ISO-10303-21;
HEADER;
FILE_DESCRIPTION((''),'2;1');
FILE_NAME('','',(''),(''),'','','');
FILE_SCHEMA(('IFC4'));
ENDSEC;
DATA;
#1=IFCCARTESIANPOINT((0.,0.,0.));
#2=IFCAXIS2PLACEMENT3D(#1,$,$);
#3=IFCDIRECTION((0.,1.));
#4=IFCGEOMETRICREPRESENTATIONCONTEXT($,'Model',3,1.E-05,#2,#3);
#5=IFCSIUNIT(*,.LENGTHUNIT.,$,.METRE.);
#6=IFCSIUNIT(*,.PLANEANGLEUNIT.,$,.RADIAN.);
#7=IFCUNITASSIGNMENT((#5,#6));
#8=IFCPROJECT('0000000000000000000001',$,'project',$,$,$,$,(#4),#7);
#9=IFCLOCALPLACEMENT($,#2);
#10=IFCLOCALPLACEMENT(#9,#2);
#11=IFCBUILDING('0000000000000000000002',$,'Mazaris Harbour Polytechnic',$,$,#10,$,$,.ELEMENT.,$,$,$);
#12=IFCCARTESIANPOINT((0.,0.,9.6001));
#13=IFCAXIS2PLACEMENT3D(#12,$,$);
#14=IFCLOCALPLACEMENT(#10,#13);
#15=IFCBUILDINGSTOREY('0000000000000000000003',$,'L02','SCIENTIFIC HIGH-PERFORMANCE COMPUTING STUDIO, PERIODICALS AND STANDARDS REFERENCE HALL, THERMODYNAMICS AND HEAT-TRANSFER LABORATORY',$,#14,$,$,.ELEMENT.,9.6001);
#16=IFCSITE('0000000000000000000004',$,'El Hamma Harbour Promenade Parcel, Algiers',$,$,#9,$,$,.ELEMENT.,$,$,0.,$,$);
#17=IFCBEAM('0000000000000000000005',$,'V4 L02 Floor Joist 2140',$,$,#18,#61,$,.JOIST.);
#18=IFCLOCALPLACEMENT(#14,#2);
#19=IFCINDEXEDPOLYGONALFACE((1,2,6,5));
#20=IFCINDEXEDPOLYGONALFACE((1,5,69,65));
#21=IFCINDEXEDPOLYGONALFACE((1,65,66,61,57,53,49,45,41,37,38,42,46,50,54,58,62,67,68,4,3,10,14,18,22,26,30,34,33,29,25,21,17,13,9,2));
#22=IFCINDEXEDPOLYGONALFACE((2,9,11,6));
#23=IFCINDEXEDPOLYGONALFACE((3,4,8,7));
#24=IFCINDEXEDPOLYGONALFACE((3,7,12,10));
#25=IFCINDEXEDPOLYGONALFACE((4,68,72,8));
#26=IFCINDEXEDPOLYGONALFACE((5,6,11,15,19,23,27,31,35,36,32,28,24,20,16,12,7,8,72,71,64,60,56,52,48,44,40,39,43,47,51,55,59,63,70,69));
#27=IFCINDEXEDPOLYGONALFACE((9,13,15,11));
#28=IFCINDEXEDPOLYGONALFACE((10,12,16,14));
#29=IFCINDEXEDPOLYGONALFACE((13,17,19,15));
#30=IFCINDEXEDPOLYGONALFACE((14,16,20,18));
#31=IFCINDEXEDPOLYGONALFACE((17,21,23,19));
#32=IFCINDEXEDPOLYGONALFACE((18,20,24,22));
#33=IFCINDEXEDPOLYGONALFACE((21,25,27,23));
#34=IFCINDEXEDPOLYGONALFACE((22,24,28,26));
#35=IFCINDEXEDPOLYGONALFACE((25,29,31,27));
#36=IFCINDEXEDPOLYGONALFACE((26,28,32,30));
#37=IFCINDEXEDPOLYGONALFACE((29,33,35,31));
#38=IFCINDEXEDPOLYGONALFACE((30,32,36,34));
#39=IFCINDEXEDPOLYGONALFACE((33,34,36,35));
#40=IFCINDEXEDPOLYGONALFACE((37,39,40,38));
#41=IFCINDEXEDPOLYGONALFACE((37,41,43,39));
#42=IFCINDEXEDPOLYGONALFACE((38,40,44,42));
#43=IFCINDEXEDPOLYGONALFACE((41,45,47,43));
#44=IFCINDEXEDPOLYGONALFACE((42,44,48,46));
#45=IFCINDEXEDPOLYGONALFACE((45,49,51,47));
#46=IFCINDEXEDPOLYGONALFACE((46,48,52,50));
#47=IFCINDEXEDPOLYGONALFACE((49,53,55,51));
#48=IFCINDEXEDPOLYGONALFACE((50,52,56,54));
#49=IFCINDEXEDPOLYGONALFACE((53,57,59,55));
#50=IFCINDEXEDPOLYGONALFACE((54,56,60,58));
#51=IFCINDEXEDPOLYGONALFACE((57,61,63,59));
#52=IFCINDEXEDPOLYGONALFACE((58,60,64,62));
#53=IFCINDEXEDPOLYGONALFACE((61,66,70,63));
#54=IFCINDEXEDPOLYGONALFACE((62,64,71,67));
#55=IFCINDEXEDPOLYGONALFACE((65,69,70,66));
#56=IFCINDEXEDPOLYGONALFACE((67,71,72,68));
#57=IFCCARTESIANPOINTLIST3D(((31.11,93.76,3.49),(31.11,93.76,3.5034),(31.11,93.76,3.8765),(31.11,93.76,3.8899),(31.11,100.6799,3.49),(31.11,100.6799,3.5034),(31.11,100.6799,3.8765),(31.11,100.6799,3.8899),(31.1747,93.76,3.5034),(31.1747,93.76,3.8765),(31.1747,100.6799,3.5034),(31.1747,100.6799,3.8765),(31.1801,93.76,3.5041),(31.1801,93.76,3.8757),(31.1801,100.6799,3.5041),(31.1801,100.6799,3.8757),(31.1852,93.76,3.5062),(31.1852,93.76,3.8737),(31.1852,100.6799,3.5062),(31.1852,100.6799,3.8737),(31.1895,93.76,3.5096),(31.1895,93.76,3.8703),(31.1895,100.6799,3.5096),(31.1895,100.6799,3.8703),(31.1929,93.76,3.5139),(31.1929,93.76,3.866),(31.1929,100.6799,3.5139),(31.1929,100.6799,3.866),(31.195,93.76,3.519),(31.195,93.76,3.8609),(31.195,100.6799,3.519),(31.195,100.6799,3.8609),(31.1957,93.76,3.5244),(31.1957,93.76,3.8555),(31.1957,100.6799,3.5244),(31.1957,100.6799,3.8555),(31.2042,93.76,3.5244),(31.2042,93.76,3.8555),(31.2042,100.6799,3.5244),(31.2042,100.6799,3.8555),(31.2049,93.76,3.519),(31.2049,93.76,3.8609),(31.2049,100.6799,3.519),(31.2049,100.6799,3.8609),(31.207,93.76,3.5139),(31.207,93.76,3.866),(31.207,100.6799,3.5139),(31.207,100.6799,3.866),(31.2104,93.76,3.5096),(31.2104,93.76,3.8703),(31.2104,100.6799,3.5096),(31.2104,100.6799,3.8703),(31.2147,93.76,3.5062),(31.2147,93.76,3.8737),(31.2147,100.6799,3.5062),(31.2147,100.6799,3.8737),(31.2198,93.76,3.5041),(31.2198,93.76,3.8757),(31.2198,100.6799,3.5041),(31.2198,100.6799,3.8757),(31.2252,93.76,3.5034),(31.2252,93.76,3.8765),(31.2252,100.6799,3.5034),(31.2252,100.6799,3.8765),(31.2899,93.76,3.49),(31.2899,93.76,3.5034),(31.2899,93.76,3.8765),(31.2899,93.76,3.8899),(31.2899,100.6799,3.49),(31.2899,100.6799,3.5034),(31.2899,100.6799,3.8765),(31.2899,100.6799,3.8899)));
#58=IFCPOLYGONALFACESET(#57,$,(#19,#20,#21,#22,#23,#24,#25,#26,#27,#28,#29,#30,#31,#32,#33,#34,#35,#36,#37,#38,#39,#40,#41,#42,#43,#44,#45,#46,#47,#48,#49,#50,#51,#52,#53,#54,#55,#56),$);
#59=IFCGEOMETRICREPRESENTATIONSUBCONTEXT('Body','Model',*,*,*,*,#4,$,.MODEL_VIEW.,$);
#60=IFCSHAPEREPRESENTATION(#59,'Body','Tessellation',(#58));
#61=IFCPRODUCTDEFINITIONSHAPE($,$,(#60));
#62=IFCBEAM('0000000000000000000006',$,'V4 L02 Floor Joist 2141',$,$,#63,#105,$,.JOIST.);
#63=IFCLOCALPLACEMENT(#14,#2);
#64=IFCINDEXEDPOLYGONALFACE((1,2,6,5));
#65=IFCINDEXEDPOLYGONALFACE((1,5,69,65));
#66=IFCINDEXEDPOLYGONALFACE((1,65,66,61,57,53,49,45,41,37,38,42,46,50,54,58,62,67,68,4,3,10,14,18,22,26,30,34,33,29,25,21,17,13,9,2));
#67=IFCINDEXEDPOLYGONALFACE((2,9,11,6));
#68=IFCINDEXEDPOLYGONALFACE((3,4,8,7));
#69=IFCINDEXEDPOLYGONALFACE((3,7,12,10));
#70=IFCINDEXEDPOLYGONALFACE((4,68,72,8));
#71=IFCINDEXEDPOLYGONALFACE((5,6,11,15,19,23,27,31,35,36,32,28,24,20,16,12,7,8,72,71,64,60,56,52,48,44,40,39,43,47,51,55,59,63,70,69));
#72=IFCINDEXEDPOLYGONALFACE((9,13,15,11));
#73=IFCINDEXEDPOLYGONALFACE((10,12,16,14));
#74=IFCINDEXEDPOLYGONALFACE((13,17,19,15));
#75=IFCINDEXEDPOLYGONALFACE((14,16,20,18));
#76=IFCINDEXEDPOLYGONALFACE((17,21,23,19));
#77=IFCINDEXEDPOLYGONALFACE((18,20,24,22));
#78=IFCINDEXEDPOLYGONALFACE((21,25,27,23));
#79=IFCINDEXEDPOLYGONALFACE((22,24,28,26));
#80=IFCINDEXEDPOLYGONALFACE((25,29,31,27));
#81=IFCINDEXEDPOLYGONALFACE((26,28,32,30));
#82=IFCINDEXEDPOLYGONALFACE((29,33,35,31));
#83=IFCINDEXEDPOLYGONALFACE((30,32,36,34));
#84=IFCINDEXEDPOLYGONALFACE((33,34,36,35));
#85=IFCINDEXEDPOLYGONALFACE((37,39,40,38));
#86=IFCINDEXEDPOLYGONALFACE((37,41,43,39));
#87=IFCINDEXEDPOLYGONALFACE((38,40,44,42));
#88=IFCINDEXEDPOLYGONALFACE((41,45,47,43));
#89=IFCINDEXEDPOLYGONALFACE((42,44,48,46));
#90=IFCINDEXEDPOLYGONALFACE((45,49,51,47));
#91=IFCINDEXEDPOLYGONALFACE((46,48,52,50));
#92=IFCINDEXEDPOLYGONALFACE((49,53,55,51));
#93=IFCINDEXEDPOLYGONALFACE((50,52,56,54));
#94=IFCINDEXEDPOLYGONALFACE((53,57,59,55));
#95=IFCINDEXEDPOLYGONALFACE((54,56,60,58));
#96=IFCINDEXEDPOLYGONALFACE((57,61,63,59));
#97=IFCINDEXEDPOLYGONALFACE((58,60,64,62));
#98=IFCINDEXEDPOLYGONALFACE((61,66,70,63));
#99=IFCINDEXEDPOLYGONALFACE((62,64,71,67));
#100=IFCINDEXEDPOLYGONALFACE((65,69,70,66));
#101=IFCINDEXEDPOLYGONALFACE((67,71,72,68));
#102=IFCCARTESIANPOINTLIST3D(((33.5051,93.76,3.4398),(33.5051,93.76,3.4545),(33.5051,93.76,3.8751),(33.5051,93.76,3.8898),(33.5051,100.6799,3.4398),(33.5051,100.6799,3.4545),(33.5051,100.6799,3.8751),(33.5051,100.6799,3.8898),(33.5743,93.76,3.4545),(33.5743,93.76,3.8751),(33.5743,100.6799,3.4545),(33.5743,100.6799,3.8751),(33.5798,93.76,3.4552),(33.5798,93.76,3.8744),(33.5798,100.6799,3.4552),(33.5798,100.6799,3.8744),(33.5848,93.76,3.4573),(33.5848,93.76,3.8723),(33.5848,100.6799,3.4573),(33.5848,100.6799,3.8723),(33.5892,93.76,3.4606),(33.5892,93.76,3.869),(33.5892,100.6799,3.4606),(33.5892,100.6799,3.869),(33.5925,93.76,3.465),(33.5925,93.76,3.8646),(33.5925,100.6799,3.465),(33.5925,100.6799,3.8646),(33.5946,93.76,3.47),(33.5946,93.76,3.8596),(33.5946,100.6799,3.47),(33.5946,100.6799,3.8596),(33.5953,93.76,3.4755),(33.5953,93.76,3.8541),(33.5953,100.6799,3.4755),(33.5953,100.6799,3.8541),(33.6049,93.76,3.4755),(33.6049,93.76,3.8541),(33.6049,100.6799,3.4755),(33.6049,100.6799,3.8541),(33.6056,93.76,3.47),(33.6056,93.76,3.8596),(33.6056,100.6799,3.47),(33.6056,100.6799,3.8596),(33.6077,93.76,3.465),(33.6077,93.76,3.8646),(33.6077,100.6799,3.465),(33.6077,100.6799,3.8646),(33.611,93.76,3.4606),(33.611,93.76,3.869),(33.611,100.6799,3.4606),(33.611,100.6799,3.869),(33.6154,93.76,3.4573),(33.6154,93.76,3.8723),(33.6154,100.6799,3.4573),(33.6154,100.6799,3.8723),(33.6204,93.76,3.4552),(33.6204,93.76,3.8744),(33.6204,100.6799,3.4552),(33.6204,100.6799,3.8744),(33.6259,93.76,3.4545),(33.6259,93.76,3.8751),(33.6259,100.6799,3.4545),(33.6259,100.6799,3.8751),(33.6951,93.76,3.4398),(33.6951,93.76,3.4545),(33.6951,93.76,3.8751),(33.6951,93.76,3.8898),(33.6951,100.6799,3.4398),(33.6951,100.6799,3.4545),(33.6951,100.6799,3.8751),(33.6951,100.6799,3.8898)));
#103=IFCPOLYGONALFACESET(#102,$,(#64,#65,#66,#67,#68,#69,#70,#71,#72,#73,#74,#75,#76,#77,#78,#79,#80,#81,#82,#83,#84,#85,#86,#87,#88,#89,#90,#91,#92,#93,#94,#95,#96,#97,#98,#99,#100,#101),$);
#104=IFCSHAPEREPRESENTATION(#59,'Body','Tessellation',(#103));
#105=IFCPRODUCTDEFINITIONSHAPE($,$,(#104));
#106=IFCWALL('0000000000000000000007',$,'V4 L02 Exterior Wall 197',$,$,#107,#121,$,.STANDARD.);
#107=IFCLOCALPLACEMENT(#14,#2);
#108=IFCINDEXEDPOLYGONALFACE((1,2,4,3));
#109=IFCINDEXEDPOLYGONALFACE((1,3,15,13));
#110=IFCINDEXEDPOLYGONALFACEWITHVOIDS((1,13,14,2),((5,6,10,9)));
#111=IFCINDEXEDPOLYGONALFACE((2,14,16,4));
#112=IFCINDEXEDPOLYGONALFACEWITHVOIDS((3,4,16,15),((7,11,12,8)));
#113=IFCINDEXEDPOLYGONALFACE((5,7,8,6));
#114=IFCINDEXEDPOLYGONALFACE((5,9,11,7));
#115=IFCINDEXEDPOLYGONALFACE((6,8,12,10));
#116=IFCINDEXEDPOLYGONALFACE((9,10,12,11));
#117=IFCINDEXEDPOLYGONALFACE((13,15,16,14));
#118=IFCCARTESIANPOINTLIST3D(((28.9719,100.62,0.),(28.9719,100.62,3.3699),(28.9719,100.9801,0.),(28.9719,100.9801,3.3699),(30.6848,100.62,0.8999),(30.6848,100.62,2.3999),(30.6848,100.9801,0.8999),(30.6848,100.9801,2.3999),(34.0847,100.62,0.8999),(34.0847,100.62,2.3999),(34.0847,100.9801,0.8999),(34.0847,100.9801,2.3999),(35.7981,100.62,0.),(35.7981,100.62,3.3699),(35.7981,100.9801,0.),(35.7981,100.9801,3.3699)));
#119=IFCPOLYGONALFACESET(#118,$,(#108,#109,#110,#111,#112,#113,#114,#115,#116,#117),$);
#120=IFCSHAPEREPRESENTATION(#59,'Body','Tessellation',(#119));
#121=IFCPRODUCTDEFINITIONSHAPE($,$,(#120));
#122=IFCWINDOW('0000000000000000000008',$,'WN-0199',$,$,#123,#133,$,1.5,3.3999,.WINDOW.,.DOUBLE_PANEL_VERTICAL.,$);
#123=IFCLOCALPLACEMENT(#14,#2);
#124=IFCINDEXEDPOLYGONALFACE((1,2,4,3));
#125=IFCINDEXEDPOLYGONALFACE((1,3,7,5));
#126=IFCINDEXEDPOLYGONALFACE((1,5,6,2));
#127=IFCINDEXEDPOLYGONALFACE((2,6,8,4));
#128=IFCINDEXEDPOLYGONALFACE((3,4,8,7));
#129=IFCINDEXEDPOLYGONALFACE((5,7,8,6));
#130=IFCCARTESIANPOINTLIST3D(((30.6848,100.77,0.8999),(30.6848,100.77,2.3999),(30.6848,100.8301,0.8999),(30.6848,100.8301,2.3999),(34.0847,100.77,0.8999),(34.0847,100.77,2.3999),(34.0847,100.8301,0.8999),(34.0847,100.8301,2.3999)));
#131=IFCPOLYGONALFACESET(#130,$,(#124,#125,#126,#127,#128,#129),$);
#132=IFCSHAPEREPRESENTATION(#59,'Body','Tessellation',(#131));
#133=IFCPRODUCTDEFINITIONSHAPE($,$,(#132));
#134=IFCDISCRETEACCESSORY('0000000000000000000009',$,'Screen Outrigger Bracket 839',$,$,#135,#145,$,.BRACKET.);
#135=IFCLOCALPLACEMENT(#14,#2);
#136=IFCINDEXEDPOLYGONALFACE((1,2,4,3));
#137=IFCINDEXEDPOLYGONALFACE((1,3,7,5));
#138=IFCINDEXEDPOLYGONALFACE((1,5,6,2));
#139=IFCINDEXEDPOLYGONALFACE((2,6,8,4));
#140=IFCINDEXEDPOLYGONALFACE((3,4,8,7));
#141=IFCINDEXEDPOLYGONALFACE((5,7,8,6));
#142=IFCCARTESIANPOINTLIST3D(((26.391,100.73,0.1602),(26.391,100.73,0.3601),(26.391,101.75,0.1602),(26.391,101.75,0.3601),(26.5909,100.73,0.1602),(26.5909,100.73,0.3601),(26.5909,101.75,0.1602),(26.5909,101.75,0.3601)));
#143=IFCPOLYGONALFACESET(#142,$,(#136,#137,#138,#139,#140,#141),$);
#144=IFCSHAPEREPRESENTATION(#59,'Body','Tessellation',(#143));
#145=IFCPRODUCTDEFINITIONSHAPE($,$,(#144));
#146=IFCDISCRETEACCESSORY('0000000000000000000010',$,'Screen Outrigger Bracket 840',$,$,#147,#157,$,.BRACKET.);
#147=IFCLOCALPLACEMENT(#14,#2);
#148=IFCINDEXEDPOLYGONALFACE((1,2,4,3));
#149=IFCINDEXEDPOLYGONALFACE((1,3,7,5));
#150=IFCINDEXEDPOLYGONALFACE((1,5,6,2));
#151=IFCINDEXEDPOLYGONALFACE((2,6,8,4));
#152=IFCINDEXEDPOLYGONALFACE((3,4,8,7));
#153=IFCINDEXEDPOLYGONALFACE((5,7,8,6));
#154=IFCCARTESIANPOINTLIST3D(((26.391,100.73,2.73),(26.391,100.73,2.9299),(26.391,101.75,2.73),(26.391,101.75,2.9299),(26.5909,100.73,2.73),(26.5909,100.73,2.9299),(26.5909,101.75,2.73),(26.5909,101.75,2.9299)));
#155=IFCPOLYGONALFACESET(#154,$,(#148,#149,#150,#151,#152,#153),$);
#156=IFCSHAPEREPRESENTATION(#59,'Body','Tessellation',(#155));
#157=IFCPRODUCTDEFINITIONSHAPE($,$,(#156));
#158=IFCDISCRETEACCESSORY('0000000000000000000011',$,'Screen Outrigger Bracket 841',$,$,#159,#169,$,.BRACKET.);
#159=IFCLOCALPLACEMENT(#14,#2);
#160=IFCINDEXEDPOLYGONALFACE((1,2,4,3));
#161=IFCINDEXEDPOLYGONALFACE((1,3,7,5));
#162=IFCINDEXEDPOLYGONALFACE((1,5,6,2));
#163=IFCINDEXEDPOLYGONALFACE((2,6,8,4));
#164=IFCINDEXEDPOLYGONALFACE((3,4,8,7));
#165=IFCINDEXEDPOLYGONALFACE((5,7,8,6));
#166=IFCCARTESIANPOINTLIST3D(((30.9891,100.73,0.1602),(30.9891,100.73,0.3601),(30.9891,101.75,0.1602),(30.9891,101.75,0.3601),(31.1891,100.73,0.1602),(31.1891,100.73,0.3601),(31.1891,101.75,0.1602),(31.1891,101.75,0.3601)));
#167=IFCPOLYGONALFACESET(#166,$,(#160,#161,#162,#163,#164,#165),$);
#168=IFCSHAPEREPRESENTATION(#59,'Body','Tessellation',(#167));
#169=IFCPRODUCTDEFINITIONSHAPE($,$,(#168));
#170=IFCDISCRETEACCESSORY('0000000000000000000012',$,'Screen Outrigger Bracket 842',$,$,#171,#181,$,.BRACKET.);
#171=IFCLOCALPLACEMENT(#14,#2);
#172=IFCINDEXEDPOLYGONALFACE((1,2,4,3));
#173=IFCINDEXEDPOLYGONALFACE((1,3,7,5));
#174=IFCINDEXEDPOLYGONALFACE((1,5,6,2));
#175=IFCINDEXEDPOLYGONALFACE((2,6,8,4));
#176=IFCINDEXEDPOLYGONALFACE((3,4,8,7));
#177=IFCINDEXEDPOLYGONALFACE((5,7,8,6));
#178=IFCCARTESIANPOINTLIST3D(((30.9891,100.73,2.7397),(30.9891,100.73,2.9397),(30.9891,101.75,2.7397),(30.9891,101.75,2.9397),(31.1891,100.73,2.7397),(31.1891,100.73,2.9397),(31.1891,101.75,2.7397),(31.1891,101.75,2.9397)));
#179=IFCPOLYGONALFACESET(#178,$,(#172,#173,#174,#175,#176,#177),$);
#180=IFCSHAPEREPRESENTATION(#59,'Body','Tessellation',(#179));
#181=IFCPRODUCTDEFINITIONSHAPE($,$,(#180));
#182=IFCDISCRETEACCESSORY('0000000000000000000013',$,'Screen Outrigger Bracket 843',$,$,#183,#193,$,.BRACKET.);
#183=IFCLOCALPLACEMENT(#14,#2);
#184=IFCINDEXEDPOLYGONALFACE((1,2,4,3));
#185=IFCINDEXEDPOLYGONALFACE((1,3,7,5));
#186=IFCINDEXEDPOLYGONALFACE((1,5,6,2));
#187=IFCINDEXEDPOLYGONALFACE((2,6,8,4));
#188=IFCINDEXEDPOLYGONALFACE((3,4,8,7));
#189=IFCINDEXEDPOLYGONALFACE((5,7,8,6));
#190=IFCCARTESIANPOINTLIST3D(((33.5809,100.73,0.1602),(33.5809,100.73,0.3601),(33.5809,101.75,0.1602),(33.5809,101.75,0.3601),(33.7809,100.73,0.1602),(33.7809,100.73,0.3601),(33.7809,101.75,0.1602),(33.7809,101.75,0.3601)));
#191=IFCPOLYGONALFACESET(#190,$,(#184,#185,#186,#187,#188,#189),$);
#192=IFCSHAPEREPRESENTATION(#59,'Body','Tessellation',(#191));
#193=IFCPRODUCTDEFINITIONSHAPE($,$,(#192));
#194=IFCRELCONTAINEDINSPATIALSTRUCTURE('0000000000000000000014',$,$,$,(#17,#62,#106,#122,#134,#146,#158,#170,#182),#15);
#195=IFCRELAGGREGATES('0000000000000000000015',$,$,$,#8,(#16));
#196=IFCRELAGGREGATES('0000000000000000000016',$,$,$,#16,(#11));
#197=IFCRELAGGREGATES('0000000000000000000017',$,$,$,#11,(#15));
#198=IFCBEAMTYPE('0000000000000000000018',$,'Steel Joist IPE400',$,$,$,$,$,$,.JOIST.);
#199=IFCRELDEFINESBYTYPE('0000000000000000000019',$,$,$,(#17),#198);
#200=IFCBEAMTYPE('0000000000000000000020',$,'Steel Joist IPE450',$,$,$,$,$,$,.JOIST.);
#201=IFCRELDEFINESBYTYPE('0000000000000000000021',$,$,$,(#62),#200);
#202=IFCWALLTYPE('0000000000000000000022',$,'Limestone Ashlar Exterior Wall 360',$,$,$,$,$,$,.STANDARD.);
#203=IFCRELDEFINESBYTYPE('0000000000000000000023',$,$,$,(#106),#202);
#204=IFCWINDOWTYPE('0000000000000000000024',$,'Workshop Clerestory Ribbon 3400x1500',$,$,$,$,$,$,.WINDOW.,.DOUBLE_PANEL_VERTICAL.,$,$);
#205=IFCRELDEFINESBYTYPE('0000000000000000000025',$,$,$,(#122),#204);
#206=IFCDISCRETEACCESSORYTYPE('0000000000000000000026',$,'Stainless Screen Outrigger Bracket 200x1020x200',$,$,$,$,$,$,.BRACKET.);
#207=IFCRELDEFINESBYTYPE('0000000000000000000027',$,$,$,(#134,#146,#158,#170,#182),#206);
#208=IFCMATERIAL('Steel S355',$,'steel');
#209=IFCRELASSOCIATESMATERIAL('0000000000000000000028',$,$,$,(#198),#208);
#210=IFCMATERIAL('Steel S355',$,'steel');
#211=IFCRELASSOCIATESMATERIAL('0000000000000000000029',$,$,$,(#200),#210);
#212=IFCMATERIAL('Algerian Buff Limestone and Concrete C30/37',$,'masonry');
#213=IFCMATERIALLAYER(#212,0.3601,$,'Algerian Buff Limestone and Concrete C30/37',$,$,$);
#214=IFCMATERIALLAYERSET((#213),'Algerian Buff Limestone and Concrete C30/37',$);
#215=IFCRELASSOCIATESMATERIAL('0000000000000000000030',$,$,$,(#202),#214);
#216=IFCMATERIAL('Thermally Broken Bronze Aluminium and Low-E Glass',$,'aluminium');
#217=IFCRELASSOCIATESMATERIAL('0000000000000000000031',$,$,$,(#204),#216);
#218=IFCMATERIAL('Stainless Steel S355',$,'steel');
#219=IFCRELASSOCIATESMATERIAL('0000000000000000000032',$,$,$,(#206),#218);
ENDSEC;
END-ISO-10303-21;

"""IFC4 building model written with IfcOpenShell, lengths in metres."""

from ifc_helpers import new_model, si_unit, direction, frame, frame_2d, origin, origin_2d, place, context, subcontext, project, spatial, rectangle, i_section, extrude, material, layer, layer_set, material_profile, profile_set, type_object, element, fill, save


model = new_model("IFC4")

# Units and contexts
model_context = context("Model", 3, precision=1e-05, world=origin(), true_north=direction((0.0, 1.0)))
body_context = subcontext(model_context, "Body", "Model", "MODEL_VIEW")
ifc_project = project(units=[si_unit("LENGTHUNIT", "METRE"), si_unit("PLANEANGLEUNIT", "RADIAN")], contexts=[model_context])

# Site, building, storey
site_placement = place(None, origin())
site = spatial("IfcSite", under=ifc_project, at=site_placement, Name="El Hamma Harbour Promenade Parcel, Algiers", CompositionType="ELEMENT", RefElevation=0.0)
building_placement = place(site_placement, origin())
building = spatial("IfcBuilding", under=site, at=building_placement, Name="Mazaris Harbour Polytechnic", CompositionType="ELEMENT")
storey_placement = place(building_placement, frame((0.0, 0.0, 9.6001)))
storey = spatial("IfcBuildingStorey", under=building, at=storey_placement, Name="L02", Description="SCIENTIFIC HIGH-PERFORMANCE COMPUTING STUDIO, PERIODICALS AND STANDARDS REFERENCE HALL, THERMODYNAMICS AND HEAT-TRANSFER LABORATORY", CompositionType="ELEMENT", Elevation=9.6001)

# Beams
ifc_material_1 = material(Name="Steel S355", Category="steel")
ifc_material_profile_1 = material_profile(ifc_material_1, i_section(OverallWidth=0.1799, OverallDepth=0.3999, WebThickness=0.0085, FlangeThickness=0.0134, FilletRadius=0.021, at=origin_2d()), Name="IPE 400")
ifc_profile_set_1 = profile_set([ifc_material_profile_1], Name="Steel S355")
beam_type_1 = type_object("IfcBeamType", Name="Steel Joist IPE400", PredefinedType="JOIST", material=ifc_profile_set_1)
beam_1_placement = place(storey_placement, frame((31.2, 93.76, 3.6899), z_axis=(0.0, 1.0, 0.0), x_axis=(-1.0, 0.0, 0.0)))
element("IfcBeam", 1, at=beam_1_placement, inside=storey, type_object=beam_type_1, Name="V4 L02 Floor Joist 2140", PredefinedType="JOIST", context=body_context, shape_type="SweptSolid", body=[
    extrude(i_section(OverallWidth=0.1799, OverallDepth=0.3999, WebThickness=0.0085, FlangeThickness=0.0134, FilletRadius=0.021, at=origin_2d()), origin(), (0.0, 0.0, 1.0), 6.9199),
])
ifc_material_2 = material(Name="Steel S355", Category="steel")
ifc_material_profile_2 = material_profile(ifc_material_2, i_section(OverallWidth=0.1899, OverallDepth=0.45, WebThickness=0.0095, FlangeThickness=0.0146, FilletRadius=0.021, at=origin_2d()), Name="IPE 450")
ifc_profile_set_2 = profile_set([ifc_material_profile_2], Name="Steel S355")
beam_type_2 = type_object("IfcBeamType", Name="Steel Joist IPE450", PredefinedType="JOIST", material=ifc_profile_set_2)
beam_2_placement = place(storey_placement, frame((33.6001, 93.76, 3.6648), z_axis=(0.0, 1.0, 0.0), x_axis=(-1.0, 0.0, 0.0)))
element("IfcBeam", 2, at=beam_2_placement, inside=storey, type_object=beam_type_2, Name="V4 L02 Floor Joist 2141", PredefinedType="JOIST", context=body_context, shape_type="SweptSolid", body=[
    extrude(i_section(OverallWidth=0.1899, OverallDepth=0.45, WebThickness=0.0095, FlangeThickness=0.0146, FilletRadius=0.021, at=origin_2d()), origin(), (0.0, 0.0, 1.0), 6.9199),
])

# Wall, opening, window
ifc_material_3 = material(Name="Algerian Buff Limestone and Concrete C30/37", Category="masonry")
ifc_layer = layer(ifc_material_3, 0.3601, Name="Algerian Buff Limestone and Concrete C30/37")
ifc_layer_set = layer_set([ifc_layer], Name="Algerian Buff Limestone and Concrete C30/37")
wall_type = type_object("IfcWallType", Name="Limestone Ashlar Exterior Wall 360", PredefinedType="STANDARD", material=ifc_layer_set)
wall_placement = place(storey_placement, frame((28.9719, 100.8, 0.0), z_axis=(0.0, 0.0, 1.0), x_axis=(1.0, 0.0, 0.0)))
wall = element("IfcWall", 3, at=wall_placement, inside=storey, type_object=wall_type, Name="V4 L02 Exterior Wall 197", PredefinedType="STANDARD", context=body_context, shape_type="SweptSolid", body=[
    extrude(rectangle(XDim=6.8262, YDim=0.3601, at=frame_2d((3.4131, 0.0))), origin(), (0.0, 0.0, 1.0), 3.3699),
])
opening_placement = place(wall_placement, frame((1.7129, 0.0, 0.8999)))
opening = element("IfcOpeningElement", 4, at=opening_placement, cuts=wall, PredefinedType="OPENING", context=body_context, shape_type="SweptSolid", body=[
    extrude(rectangle(XDim=3.3999, YDim=1.5, at=frame_2d((1.7, 0.75))), frame((0.0, 0.1899, 0.0), z_axis=(0.0, -1.0, 0.0), x_axis=(1.0, 0.0, 0.0)), (0.0, 0.0, 1.0), 0.3801),
])
ifc_material_4 = material(Name="Thermally Broken Bronze Aluminium and Low-E Glass", Category="aluminium")
window_type = type_object("IfcWindowType", Name="Workshop Clerestory Ribbon 3400x1500", PartitioningType="DOUBLE_PANEL_VERTICAL", PredefinedType="WINDOW", material=ifc_material_4)
window_placement = place(opening_placement, origin())
window = element("IfcWindow", 5, at=window_placement, inside=storey, type_object=window_type, Name="WN-0199", OverallHeight=1.5, OverallWidth=3.3999, PartitioningType="DOUBLE_PANEL_VERTICAL", PredefinedType="WINDOW", context=body_context, shape_type="SweptSolid", body=[
    extrude(rectangle(XDim=3.3999, YDim=1.5, at=frame_2d((1.7, 0.75))), frame((0.0, 0.03, 0.0), z_axis=(0.0, -1.0, 0.0), x_axis=(1.0, 0.0, 0.0)), (0.0, 0.0, 1.0), 0.0601),
])
fill(opening, window)

# Discrete accessories
ifc_material_5 = material(Name="Stainless Steel S355", Category="steel")
discrete_accessory_type = type_object("IfcDiscreteAccessoryType", Name="Stainless Screen Outrigger Bracket 200x1020x200", PredefinedType="BRACKET", material=ifc_material_5)
for number, where, z_axis, x_axis, name in (
    (6, (26.491, 101.24, 0.1602), (0.0, 0.0, 1.0), (1.0, 0.0, 0.0), "Screen Outrigger Bracket 839"),
    (7, (26.491, 101.24, 2.73), (0.0, 0.0, 1.0), (1.0, 0.0, 0.0), "Screen Outrigger Bracket 840"),
    (8, (31.0891, 101.24, 0.1602), (0.0, 0.0, 1.0), (1.0, 0.0, 0.0), "Screen Outrigger Bracket 841"),
    (9, (31.0891, 101.24, 2.7397), (0.0, 0.0, 1.0), (1.0, 0.0, 0.0), "Screen Outrigger Bracket 842"),
    (10, (33.6809, 101.24, 0.1602), (0.0, 0.0, 1.0), (1.0, 0.0, 0.0), "Screen Outrigger Bracket 843"),
):
    element("IfcDiscreteAccessory", number, at=place(storey_placement, frame(where, z_axis=z_axis, x_axis=x_axis)), inside=storey, type_object=discrete_accessory_type, Name=name, PredefinedType="BRACKET", context=body_context, shape_type="SweptSolid", body=[
        extrude(rectangle(XDim=0.2, YDim=1.02, at=origin_2d()), origin(), (0.0, 0.0, 1.0), 0.2),
    ])

save(model, "model.ifc")
